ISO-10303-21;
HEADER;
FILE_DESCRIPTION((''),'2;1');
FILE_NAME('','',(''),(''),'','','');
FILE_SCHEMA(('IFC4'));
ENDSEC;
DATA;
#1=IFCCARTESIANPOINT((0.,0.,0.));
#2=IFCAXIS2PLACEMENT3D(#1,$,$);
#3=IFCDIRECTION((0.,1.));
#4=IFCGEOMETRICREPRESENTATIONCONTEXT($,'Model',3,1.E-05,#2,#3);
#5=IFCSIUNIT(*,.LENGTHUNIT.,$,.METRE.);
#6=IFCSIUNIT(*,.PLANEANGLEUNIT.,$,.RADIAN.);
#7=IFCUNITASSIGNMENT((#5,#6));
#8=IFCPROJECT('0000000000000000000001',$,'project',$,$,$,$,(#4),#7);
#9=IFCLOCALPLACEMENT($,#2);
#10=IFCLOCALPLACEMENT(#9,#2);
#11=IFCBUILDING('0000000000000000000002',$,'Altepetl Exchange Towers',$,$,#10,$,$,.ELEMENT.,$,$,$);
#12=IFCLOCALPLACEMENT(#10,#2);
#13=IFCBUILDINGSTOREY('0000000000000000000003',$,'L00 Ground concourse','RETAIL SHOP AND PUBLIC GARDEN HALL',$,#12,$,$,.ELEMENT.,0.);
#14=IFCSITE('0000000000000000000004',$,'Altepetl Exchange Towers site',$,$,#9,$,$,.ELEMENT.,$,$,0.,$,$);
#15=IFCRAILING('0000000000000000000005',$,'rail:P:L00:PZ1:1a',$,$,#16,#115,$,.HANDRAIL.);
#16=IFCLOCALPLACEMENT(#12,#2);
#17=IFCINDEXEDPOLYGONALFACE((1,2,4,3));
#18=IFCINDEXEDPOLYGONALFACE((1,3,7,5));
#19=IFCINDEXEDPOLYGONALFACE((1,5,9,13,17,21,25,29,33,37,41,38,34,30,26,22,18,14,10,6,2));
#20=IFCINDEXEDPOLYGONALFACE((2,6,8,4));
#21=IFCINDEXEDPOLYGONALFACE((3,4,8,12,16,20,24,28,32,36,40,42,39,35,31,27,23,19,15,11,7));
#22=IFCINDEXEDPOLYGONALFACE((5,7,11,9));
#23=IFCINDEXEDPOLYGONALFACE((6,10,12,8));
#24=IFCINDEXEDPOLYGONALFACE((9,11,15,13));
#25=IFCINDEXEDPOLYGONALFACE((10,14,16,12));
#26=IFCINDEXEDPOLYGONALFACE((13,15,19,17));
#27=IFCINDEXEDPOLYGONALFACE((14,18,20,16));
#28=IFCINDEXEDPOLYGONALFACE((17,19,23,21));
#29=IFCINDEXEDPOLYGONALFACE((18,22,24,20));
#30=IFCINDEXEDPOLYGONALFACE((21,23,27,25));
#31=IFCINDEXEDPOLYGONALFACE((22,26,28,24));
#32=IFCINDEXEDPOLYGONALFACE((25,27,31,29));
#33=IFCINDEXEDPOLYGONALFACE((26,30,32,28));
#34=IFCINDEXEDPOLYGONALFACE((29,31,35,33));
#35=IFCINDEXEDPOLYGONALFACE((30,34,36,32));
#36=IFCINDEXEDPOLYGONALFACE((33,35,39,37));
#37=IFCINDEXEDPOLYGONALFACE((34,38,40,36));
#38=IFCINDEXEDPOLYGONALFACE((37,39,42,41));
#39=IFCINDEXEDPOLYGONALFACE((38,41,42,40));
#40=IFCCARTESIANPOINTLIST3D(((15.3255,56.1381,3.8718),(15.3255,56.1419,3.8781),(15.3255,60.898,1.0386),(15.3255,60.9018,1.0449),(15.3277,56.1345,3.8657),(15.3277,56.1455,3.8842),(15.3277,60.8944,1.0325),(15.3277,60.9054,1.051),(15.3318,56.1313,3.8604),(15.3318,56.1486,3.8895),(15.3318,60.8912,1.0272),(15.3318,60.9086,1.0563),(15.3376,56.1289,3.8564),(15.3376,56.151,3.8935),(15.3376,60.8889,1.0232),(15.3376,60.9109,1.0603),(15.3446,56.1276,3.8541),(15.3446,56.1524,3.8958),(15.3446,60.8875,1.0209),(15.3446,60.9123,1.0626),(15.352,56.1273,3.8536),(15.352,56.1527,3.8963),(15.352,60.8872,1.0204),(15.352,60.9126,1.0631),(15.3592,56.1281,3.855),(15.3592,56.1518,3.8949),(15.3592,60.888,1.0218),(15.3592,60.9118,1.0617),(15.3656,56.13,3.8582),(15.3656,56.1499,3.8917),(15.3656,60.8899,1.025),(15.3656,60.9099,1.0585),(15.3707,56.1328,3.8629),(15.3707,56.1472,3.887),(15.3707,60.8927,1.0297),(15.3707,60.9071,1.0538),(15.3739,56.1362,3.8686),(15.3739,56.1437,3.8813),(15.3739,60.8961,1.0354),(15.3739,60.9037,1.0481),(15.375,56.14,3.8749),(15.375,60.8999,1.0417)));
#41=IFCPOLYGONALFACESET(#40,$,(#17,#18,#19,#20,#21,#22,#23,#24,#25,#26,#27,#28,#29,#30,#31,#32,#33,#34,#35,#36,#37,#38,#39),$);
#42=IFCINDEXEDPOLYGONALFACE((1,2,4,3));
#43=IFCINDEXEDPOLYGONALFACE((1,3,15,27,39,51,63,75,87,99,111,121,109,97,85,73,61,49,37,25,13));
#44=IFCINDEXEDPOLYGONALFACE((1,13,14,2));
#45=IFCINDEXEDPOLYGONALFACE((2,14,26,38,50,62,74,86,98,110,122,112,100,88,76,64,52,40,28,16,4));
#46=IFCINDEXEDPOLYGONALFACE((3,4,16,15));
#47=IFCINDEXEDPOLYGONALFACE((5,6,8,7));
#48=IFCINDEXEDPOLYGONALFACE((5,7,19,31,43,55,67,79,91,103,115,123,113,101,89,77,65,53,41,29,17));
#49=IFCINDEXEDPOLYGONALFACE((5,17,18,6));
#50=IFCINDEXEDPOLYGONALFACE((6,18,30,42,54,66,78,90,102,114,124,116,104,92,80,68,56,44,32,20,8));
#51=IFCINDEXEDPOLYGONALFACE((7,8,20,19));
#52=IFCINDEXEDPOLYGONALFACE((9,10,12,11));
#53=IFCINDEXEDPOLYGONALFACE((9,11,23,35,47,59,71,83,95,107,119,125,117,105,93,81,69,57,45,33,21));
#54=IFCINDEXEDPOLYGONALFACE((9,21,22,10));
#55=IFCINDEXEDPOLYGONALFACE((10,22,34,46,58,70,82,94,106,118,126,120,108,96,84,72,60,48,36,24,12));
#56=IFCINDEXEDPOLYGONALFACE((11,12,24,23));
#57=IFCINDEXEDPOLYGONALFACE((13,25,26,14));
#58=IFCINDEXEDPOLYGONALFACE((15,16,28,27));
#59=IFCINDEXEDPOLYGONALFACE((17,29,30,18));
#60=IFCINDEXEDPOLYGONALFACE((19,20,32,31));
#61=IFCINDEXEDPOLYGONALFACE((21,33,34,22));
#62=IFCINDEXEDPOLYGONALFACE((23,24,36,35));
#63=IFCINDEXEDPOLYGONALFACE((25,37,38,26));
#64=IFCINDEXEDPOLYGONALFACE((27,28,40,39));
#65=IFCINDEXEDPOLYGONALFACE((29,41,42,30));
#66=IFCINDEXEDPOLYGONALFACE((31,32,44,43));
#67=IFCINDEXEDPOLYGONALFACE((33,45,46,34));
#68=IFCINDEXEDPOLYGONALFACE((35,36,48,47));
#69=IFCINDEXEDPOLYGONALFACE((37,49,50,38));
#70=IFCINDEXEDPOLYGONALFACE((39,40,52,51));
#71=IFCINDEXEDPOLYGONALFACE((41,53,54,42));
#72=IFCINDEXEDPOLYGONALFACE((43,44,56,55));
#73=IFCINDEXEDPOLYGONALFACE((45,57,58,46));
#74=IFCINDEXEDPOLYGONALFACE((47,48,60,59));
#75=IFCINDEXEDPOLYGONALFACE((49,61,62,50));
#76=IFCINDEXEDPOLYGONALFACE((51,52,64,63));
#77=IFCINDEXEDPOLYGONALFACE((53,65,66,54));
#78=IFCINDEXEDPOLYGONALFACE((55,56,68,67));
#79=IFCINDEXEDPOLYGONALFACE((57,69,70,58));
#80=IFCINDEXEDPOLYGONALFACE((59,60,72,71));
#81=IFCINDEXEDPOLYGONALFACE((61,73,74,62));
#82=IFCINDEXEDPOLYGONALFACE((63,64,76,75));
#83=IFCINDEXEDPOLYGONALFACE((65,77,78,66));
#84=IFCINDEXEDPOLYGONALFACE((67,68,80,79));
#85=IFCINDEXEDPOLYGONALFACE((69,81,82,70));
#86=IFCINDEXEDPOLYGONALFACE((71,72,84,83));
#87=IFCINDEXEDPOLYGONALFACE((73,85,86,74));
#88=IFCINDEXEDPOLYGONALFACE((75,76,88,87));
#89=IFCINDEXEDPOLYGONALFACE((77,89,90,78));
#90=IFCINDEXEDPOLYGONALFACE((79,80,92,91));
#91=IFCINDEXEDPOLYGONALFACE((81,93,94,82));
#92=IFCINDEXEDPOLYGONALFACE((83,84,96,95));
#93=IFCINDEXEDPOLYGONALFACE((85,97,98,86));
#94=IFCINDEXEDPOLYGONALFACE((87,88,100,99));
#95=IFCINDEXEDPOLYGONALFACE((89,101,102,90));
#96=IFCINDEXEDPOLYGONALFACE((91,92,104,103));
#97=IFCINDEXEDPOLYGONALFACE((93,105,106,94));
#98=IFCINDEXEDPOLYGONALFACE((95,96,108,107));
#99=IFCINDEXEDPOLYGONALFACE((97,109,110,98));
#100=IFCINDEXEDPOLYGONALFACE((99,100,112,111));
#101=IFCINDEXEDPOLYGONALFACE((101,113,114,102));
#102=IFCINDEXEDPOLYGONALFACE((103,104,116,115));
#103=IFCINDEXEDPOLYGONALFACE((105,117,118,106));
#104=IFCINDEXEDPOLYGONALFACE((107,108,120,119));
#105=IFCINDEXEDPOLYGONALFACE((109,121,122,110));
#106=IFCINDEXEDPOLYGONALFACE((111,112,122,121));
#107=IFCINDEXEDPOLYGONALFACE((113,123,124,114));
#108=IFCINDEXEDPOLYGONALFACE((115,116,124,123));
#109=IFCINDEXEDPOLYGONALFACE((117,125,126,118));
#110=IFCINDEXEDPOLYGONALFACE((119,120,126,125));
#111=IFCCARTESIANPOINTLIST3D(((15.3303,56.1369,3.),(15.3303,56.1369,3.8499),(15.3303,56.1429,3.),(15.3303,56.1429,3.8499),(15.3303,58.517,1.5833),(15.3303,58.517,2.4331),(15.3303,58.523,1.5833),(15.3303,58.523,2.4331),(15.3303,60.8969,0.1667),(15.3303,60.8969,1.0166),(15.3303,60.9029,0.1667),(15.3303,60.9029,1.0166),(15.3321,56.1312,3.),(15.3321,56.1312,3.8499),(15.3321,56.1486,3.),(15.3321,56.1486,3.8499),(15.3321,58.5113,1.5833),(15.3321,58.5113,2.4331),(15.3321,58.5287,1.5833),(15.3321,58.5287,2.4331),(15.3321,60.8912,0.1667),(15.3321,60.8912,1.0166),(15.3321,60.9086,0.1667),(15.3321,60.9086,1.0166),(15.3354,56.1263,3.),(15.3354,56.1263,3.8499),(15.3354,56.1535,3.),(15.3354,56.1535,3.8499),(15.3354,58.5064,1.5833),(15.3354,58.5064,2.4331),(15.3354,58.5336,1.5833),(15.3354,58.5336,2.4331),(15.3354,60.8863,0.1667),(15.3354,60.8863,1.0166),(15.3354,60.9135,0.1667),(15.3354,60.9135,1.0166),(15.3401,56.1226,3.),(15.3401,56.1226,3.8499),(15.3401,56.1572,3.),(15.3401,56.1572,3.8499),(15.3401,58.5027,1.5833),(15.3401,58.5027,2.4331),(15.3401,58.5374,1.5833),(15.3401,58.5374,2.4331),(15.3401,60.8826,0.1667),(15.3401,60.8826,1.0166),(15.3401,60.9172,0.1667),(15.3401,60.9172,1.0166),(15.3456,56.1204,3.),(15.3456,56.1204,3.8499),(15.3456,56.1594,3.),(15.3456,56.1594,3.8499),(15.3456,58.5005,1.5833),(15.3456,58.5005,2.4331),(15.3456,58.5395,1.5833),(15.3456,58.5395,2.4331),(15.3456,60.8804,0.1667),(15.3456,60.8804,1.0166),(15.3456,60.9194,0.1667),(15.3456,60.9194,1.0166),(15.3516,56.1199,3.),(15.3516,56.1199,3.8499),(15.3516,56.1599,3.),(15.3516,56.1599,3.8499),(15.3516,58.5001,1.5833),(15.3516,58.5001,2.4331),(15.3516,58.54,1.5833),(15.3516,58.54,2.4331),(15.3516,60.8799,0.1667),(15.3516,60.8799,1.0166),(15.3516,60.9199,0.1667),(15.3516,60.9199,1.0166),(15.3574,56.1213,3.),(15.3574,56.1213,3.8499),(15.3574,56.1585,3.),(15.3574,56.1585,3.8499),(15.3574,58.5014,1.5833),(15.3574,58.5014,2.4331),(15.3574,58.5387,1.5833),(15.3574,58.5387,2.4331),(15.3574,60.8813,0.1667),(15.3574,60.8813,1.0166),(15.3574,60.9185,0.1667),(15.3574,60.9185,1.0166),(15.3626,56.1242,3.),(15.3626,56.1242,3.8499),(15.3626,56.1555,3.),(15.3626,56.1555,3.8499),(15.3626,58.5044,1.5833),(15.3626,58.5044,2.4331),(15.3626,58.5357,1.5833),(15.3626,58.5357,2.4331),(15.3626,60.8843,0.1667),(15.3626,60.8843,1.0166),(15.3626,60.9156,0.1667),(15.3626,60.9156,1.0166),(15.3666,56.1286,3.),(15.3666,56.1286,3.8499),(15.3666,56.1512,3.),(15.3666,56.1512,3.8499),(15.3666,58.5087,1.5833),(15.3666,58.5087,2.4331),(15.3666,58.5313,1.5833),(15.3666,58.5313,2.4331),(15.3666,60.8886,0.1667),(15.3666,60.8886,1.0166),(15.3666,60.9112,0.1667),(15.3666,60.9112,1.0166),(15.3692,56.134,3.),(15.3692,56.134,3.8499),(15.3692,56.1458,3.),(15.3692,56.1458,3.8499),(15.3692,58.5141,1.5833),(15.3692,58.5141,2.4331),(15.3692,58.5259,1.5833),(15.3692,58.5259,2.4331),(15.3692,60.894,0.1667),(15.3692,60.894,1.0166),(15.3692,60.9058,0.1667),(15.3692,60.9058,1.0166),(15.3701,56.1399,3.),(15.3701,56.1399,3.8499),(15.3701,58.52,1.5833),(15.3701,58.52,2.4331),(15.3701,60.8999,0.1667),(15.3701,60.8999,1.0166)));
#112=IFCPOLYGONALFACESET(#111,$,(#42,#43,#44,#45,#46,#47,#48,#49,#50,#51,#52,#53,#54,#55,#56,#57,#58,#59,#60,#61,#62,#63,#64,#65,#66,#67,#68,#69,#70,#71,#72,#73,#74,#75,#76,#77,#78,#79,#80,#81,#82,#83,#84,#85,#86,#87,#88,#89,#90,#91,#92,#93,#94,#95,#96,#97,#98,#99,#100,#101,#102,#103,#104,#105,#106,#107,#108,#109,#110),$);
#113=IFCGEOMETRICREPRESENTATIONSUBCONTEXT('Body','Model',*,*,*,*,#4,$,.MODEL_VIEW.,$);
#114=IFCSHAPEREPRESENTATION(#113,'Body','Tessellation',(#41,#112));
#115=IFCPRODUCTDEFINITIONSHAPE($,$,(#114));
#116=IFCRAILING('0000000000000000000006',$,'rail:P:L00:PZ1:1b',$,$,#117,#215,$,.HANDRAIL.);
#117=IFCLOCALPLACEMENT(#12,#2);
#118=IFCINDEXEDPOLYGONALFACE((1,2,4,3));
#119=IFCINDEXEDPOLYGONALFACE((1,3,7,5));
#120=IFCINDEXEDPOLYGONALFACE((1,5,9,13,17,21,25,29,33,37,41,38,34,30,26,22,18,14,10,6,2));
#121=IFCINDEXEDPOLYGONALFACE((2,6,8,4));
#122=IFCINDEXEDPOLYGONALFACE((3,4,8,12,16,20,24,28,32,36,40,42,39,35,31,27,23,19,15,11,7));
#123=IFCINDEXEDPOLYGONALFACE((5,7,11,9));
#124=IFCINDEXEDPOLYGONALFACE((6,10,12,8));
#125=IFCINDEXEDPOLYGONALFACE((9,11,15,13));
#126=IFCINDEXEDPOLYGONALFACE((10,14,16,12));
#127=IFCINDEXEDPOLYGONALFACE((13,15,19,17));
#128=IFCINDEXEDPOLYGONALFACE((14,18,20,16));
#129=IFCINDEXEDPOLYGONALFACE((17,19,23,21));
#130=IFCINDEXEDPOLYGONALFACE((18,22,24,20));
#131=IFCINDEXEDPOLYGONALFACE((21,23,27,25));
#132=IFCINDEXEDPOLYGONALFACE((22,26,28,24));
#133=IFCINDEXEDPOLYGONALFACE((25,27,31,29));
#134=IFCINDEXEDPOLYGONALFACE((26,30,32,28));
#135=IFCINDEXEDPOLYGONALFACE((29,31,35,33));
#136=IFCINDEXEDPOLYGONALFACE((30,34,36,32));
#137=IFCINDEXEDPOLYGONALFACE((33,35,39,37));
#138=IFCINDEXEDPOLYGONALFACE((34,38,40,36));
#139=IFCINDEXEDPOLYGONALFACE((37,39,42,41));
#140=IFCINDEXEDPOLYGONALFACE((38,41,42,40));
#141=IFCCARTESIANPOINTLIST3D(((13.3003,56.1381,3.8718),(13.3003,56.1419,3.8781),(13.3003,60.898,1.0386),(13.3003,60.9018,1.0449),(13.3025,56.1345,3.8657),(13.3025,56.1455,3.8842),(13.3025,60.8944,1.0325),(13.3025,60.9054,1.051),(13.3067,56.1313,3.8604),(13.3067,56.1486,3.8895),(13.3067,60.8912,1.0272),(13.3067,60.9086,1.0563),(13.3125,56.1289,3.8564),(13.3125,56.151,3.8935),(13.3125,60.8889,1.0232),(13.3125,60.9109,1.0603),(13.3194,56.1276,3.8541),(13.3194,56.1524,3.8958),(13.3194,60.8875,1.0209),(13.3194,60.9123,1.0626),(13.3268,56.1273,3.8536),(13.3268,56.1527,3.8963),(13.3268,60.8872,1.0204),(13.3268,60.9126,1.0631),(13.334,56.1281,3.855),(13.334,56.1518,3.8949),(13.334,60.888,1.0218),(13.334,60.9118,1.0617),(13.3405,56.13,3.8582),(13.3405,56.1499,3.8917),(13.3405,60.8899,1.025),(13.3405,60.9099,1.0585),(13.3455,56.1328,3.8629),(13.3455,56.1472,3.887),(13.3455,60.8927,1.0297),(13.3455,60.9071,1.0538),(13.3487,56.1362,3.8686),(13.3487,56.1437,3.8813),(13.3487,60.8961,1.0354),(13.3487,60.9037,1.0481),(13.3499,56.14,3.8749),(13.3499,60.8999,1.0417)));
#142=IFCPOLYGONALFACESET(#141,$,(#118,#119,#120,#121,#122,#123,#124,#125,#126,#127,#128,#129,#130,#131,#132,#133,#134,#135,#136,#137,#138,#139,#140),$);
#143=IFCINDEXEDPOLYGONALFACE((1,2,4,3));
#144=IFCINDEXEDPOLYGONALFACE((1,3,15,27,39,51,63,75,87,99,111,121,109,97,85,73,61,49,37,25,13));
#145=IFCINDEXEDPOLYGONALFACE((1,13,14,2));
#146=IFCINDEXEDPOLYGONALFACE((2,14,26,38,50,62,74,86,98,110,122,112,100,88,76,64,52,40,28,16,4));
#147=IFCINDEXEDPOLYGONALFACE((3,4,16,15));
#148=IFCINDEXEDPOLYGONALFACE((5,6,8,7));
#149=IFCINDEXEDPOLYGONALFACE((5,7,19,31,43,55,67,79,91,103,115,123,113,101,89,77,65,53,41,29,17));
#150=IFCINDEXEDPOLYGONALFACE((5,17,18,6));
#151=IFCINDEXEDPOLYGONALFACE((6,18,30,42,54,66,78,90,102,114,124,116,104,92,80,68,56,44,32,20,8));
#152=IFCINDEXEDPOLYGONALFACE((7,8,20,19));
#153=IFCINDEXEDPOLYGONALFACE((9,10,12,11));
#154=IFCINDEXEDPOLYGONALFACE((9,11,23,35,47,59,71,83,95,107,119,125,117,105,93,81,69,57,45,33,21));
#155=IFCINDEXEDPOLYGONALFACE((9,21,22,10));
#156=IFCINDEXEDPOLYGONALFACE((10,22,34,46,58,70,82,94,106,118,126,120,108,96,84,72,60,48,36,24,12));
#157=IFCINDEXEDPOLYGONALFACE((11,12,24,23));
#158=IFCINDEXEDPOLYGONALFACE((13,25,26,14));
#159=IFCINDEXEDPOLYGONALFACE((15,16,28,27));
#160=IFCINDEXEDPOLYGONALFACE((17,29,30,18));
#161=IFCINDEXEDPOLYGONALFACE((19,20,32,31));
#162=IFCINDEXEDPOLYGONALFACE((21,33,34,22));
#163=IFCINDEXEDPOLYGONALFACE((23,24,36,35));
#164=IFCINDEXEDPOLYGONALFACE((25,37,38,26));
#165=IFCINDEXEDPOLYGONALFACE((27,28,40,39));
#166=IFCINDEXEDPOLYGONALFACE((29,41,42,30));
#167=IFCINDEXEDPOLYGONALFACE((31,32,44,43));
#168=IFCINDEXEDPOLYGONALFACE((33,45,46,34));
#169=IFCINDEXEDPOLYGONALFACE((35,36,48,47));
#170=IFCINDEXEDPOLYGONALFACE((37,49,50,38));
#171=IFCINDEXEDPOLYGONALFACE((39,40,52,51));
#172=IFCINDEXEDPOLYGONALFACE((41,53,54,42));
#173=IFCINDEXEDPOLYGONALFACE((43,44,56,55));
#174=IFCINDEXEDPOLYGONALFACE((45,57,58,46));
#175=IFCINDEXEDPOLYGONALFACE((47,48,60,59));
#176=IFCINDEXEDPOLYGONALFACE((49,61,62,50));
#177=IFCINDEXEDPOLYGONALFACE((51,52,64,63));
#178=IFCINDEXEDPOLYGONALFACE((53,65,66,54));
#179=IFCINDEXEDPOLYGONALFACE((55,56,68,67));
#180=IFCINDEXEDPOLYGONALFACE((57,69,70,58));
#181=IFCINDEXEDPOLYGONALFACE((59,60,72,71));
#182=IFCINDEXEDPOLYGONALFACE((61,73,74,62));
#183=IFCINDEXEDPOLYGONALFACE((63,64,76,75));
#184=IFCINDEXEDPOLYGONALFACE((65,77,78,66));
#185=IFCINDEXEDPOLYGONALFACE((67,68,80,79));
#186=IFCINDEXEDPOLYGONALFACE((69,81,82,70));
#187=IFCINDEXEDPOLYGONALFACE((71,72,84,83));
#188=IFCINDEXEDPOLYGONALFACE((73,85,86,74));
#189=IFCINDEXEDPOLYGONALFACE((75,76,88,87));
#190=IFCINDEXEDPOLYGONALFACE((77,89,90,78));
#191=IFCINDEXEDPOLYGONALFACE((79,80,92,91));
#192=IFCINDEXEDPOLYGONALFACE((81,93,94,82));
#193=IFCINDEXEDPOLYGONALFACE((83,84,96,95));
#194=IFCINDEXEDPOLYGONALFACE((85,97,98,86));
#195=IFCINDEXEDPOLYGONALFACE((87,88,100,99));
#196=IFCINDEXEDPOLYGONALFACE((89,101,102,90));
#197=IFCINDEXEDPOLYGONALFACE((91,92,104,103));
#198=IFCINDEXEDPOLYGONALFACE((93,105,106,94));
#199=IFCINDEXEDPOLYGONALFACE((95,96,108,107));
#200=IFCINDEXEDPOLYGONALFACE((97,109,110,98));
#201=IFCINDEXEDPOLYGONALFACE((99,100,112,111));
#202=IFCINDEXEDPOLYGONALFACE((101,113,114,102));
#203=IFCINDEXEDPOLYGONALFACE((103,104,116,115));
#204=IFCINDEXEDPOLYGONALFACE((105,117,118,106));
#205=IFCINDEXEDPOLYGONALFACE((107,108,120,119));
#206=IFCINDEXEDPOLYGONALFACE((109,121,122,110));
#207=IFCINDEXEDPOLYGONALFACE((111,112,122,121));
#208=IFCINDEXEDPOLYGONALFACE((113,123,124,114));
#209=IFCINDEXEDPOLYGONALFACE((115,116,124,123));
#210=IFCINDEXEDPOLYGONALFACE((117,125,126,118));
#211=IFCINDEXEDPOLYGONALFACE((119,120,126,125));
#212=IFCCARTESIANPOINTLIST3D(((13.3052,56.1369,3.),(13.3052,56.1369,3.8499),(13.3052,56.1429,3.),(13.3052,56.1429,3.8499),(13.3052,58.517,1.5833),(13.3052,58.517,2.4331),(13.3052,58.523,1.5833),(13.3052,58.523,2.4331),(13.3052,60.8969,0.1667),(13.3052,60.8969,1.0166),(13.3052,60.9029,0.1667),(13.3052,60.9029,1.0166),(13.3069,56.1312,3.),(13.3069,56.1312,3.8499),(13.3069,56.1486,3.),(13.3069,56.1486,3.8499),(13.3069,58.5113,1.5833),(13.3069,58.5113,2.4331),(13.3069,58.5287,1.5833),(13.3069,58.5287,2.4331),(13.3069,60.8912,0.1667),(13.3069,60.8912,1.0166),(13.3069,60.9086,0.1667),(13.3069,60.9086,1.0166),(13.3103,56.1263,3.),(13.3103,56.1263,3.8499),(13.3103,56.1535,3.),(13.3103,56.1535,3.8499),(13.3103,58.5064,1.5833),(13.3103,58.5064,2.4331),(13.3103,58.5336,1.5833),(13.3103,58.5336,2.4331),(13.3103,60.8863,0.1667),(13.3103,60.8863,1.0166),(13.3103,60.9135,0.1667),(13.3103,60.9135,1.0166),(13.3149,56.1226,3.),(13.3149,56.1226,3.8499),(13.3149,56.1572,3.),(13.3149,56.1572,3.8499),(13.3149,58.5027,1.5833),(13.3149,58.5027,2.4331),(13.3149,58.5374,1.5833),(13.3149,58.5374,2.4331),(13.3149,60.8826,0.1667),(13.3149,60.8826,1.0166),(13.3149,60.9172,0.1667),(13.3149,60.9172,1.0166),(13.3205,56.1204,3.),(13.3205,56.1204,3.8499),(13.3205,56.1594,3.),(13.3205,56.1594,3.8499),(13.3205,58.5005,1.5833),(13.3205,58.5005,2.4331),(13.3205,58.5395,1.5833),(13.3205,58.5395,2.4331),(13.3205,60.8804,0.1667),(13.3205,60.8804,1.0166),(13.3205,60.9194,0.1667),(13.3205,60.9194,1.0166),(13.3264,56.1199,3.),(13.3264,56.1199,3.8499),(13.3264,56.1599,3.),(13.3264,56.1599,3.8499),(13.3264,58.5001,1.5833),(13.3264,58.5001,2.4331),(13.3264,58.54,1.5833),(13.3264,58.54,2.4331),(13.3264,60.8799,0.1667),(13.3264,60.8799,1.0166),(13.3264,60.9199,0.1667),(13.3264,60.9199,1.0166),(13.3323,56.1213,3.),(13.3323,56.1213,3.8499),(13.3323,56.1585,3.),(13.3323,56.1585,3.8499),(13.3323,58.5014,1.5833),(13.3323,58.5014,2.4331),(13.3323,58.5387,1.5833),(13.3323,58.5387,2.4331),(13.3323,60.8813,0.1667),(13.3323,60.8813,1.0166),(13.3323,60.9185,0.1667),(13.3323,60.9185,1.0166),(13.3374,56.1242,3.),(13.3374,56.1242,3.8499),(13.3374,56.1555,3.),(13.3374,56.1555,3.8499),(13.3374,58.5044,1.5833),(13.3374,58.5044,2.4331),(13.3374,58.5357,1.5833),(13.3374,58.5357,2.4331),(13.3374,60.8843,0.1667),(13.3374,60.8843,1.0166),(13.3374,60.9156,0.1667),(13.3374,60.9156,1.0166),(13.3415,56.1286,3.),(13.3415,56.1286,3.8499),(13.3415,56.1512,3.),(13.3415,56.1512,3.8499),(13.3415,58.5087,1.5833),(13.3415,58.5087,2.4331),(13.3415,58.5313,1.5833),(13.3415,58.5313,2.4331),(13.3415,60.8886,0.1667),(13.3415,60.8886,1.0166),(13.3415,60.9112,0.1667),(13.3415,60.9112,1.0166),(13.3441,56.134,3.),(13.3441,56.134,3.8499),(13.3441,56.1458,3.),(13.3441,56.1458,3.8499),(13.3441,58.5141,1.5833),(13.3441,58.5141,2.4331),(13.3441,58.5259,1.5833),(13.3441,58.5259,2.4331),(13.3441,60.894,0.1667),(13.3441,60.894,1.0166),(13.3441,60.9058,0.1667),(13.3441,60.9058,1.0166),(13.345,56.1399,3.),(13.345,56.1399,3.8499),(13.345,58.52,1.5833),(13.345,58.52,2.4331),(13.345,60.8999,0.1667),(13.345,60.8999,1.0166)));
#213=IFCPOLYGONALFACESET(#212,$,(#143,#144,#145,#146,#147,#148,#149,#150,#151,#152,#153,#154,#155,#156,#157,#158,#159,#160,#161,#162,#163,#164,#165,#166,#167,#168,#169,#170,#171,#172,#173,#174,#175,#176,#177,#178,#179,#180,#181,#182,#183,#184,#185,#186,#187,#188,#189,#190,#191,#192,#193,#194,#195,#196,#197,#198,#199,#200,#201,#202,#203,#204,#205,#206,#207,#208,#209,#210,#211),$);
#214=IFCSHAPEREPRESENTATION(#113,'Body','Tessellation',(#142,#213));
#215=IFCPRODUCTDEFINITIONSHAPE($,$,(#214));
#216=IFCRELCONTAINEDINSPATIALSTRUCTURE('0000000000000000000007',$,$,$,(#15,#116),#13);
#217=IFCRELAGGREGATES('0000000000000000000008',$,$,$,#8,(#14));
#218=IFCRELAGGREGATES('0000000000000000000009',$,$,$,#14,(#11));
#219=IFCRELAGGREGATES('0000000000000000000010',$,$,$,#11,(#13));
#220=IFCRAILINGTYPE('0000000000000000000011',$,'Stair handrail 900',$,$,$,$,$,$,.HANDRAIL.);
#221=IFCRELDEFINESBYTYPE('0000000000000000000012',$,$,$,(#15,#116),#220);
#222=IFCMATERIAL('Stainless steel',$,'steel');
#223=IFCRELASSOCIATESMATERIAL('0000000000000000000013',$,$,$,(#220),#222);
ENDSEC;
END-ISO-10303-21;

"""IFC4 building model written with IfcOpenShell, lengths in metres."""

from ifc_helpers import new_model, si_unit, direction, frame, origin, origin_2d, place, context, subcontext, project, spatial, circle, extrude, source, transform, mapped, material, type_object, element, save


model = new_model("IFC4")

# Units and contexts
model_context = context("Model", 3, precision=1e-05, world=origin(), true_north=direction((0.0, 1.0)))
body_context = subcontext(model_context, "Body", "Model", "MODEL_VIEW")
ifc_project = project(units=[si_unit("LENGTHUNIT", "METRE"), si_unit("PLANEANGLEUNIT", "RADIAN")], contexts=[model_context])

# Site, building, storey
site_placement = place(None, origin())
site = spatial("IfcSite", under=ifc_project, at=site_placement, Name="Altepetl Exchange Towers site", CompositionType="ELEMENT", RefElevation=0.0)
building_placement = place(site_placement, origin())
building = spatial("IfcBuilding", under=site, at=building_placement, Name="Altepetl Exchange Towers", CompositionType="ELEMENT")
storey_placement = place(building_placement, origin())
storey = spatial("IfcBuildingStorey", under=building, at=storey_placement, Name="L00 Ground concourse", Description="RETAIL SHOP AND PUBLIC GARDEN HALL", CompositionType="ELEMENT", Elevation=0.0)

# Railings
ifc_material_1 = material(Name="Stainless steel", Category="steel")
railing_type_1 = type_object("IfcRailingType", Name="Stair handrail 900", PredefinedType="HANDRAIL", material=ifc_material_1)
shared_shape_1 = source(origin(), body_context, "Body", "SweptSolid", [
    extrude(circle(Radius=0.02, at=origin_2d()), origin(), (0.0, 0.0, 1.0), 0.8499),
])
for number, where, name in (
    (1, (15.3501, 60.8999, 0.1667), "rail:P:L00:PZ1:1a"),
    (2, (13.325, 60.8999, 0.1667), "rail:P:L00:PZ1:1b"),
):
    element("IfcRailing", number, at=place(storey_placement, frame(where)), inside=storey, type_object=railing_type_1, Name=name, PredefinedType="HANDRAIL", context=body_context, shape_type="SweptSolid", body=[
        extrude(circle(Radius=0.0249, at=origin_2d()), frame((0.0, 0.0, 0.875), z_axis=(0.0, -0.8593, 0.511472), x_axis=(1.0, 0.0, 0.0)), (0.0, 0.0, 1.0), 5.5393),
        mapped(shared_shape_1, transform((0.0, 0.0, 0.0))),
        mapped(shared_shape_1, transform((0.0, -2.3799, 1.4165))),
        mapped(shared_shape_1, transform((0.0, -4.76, 2.8333))),
    ])

save(model, "model.ifc")
